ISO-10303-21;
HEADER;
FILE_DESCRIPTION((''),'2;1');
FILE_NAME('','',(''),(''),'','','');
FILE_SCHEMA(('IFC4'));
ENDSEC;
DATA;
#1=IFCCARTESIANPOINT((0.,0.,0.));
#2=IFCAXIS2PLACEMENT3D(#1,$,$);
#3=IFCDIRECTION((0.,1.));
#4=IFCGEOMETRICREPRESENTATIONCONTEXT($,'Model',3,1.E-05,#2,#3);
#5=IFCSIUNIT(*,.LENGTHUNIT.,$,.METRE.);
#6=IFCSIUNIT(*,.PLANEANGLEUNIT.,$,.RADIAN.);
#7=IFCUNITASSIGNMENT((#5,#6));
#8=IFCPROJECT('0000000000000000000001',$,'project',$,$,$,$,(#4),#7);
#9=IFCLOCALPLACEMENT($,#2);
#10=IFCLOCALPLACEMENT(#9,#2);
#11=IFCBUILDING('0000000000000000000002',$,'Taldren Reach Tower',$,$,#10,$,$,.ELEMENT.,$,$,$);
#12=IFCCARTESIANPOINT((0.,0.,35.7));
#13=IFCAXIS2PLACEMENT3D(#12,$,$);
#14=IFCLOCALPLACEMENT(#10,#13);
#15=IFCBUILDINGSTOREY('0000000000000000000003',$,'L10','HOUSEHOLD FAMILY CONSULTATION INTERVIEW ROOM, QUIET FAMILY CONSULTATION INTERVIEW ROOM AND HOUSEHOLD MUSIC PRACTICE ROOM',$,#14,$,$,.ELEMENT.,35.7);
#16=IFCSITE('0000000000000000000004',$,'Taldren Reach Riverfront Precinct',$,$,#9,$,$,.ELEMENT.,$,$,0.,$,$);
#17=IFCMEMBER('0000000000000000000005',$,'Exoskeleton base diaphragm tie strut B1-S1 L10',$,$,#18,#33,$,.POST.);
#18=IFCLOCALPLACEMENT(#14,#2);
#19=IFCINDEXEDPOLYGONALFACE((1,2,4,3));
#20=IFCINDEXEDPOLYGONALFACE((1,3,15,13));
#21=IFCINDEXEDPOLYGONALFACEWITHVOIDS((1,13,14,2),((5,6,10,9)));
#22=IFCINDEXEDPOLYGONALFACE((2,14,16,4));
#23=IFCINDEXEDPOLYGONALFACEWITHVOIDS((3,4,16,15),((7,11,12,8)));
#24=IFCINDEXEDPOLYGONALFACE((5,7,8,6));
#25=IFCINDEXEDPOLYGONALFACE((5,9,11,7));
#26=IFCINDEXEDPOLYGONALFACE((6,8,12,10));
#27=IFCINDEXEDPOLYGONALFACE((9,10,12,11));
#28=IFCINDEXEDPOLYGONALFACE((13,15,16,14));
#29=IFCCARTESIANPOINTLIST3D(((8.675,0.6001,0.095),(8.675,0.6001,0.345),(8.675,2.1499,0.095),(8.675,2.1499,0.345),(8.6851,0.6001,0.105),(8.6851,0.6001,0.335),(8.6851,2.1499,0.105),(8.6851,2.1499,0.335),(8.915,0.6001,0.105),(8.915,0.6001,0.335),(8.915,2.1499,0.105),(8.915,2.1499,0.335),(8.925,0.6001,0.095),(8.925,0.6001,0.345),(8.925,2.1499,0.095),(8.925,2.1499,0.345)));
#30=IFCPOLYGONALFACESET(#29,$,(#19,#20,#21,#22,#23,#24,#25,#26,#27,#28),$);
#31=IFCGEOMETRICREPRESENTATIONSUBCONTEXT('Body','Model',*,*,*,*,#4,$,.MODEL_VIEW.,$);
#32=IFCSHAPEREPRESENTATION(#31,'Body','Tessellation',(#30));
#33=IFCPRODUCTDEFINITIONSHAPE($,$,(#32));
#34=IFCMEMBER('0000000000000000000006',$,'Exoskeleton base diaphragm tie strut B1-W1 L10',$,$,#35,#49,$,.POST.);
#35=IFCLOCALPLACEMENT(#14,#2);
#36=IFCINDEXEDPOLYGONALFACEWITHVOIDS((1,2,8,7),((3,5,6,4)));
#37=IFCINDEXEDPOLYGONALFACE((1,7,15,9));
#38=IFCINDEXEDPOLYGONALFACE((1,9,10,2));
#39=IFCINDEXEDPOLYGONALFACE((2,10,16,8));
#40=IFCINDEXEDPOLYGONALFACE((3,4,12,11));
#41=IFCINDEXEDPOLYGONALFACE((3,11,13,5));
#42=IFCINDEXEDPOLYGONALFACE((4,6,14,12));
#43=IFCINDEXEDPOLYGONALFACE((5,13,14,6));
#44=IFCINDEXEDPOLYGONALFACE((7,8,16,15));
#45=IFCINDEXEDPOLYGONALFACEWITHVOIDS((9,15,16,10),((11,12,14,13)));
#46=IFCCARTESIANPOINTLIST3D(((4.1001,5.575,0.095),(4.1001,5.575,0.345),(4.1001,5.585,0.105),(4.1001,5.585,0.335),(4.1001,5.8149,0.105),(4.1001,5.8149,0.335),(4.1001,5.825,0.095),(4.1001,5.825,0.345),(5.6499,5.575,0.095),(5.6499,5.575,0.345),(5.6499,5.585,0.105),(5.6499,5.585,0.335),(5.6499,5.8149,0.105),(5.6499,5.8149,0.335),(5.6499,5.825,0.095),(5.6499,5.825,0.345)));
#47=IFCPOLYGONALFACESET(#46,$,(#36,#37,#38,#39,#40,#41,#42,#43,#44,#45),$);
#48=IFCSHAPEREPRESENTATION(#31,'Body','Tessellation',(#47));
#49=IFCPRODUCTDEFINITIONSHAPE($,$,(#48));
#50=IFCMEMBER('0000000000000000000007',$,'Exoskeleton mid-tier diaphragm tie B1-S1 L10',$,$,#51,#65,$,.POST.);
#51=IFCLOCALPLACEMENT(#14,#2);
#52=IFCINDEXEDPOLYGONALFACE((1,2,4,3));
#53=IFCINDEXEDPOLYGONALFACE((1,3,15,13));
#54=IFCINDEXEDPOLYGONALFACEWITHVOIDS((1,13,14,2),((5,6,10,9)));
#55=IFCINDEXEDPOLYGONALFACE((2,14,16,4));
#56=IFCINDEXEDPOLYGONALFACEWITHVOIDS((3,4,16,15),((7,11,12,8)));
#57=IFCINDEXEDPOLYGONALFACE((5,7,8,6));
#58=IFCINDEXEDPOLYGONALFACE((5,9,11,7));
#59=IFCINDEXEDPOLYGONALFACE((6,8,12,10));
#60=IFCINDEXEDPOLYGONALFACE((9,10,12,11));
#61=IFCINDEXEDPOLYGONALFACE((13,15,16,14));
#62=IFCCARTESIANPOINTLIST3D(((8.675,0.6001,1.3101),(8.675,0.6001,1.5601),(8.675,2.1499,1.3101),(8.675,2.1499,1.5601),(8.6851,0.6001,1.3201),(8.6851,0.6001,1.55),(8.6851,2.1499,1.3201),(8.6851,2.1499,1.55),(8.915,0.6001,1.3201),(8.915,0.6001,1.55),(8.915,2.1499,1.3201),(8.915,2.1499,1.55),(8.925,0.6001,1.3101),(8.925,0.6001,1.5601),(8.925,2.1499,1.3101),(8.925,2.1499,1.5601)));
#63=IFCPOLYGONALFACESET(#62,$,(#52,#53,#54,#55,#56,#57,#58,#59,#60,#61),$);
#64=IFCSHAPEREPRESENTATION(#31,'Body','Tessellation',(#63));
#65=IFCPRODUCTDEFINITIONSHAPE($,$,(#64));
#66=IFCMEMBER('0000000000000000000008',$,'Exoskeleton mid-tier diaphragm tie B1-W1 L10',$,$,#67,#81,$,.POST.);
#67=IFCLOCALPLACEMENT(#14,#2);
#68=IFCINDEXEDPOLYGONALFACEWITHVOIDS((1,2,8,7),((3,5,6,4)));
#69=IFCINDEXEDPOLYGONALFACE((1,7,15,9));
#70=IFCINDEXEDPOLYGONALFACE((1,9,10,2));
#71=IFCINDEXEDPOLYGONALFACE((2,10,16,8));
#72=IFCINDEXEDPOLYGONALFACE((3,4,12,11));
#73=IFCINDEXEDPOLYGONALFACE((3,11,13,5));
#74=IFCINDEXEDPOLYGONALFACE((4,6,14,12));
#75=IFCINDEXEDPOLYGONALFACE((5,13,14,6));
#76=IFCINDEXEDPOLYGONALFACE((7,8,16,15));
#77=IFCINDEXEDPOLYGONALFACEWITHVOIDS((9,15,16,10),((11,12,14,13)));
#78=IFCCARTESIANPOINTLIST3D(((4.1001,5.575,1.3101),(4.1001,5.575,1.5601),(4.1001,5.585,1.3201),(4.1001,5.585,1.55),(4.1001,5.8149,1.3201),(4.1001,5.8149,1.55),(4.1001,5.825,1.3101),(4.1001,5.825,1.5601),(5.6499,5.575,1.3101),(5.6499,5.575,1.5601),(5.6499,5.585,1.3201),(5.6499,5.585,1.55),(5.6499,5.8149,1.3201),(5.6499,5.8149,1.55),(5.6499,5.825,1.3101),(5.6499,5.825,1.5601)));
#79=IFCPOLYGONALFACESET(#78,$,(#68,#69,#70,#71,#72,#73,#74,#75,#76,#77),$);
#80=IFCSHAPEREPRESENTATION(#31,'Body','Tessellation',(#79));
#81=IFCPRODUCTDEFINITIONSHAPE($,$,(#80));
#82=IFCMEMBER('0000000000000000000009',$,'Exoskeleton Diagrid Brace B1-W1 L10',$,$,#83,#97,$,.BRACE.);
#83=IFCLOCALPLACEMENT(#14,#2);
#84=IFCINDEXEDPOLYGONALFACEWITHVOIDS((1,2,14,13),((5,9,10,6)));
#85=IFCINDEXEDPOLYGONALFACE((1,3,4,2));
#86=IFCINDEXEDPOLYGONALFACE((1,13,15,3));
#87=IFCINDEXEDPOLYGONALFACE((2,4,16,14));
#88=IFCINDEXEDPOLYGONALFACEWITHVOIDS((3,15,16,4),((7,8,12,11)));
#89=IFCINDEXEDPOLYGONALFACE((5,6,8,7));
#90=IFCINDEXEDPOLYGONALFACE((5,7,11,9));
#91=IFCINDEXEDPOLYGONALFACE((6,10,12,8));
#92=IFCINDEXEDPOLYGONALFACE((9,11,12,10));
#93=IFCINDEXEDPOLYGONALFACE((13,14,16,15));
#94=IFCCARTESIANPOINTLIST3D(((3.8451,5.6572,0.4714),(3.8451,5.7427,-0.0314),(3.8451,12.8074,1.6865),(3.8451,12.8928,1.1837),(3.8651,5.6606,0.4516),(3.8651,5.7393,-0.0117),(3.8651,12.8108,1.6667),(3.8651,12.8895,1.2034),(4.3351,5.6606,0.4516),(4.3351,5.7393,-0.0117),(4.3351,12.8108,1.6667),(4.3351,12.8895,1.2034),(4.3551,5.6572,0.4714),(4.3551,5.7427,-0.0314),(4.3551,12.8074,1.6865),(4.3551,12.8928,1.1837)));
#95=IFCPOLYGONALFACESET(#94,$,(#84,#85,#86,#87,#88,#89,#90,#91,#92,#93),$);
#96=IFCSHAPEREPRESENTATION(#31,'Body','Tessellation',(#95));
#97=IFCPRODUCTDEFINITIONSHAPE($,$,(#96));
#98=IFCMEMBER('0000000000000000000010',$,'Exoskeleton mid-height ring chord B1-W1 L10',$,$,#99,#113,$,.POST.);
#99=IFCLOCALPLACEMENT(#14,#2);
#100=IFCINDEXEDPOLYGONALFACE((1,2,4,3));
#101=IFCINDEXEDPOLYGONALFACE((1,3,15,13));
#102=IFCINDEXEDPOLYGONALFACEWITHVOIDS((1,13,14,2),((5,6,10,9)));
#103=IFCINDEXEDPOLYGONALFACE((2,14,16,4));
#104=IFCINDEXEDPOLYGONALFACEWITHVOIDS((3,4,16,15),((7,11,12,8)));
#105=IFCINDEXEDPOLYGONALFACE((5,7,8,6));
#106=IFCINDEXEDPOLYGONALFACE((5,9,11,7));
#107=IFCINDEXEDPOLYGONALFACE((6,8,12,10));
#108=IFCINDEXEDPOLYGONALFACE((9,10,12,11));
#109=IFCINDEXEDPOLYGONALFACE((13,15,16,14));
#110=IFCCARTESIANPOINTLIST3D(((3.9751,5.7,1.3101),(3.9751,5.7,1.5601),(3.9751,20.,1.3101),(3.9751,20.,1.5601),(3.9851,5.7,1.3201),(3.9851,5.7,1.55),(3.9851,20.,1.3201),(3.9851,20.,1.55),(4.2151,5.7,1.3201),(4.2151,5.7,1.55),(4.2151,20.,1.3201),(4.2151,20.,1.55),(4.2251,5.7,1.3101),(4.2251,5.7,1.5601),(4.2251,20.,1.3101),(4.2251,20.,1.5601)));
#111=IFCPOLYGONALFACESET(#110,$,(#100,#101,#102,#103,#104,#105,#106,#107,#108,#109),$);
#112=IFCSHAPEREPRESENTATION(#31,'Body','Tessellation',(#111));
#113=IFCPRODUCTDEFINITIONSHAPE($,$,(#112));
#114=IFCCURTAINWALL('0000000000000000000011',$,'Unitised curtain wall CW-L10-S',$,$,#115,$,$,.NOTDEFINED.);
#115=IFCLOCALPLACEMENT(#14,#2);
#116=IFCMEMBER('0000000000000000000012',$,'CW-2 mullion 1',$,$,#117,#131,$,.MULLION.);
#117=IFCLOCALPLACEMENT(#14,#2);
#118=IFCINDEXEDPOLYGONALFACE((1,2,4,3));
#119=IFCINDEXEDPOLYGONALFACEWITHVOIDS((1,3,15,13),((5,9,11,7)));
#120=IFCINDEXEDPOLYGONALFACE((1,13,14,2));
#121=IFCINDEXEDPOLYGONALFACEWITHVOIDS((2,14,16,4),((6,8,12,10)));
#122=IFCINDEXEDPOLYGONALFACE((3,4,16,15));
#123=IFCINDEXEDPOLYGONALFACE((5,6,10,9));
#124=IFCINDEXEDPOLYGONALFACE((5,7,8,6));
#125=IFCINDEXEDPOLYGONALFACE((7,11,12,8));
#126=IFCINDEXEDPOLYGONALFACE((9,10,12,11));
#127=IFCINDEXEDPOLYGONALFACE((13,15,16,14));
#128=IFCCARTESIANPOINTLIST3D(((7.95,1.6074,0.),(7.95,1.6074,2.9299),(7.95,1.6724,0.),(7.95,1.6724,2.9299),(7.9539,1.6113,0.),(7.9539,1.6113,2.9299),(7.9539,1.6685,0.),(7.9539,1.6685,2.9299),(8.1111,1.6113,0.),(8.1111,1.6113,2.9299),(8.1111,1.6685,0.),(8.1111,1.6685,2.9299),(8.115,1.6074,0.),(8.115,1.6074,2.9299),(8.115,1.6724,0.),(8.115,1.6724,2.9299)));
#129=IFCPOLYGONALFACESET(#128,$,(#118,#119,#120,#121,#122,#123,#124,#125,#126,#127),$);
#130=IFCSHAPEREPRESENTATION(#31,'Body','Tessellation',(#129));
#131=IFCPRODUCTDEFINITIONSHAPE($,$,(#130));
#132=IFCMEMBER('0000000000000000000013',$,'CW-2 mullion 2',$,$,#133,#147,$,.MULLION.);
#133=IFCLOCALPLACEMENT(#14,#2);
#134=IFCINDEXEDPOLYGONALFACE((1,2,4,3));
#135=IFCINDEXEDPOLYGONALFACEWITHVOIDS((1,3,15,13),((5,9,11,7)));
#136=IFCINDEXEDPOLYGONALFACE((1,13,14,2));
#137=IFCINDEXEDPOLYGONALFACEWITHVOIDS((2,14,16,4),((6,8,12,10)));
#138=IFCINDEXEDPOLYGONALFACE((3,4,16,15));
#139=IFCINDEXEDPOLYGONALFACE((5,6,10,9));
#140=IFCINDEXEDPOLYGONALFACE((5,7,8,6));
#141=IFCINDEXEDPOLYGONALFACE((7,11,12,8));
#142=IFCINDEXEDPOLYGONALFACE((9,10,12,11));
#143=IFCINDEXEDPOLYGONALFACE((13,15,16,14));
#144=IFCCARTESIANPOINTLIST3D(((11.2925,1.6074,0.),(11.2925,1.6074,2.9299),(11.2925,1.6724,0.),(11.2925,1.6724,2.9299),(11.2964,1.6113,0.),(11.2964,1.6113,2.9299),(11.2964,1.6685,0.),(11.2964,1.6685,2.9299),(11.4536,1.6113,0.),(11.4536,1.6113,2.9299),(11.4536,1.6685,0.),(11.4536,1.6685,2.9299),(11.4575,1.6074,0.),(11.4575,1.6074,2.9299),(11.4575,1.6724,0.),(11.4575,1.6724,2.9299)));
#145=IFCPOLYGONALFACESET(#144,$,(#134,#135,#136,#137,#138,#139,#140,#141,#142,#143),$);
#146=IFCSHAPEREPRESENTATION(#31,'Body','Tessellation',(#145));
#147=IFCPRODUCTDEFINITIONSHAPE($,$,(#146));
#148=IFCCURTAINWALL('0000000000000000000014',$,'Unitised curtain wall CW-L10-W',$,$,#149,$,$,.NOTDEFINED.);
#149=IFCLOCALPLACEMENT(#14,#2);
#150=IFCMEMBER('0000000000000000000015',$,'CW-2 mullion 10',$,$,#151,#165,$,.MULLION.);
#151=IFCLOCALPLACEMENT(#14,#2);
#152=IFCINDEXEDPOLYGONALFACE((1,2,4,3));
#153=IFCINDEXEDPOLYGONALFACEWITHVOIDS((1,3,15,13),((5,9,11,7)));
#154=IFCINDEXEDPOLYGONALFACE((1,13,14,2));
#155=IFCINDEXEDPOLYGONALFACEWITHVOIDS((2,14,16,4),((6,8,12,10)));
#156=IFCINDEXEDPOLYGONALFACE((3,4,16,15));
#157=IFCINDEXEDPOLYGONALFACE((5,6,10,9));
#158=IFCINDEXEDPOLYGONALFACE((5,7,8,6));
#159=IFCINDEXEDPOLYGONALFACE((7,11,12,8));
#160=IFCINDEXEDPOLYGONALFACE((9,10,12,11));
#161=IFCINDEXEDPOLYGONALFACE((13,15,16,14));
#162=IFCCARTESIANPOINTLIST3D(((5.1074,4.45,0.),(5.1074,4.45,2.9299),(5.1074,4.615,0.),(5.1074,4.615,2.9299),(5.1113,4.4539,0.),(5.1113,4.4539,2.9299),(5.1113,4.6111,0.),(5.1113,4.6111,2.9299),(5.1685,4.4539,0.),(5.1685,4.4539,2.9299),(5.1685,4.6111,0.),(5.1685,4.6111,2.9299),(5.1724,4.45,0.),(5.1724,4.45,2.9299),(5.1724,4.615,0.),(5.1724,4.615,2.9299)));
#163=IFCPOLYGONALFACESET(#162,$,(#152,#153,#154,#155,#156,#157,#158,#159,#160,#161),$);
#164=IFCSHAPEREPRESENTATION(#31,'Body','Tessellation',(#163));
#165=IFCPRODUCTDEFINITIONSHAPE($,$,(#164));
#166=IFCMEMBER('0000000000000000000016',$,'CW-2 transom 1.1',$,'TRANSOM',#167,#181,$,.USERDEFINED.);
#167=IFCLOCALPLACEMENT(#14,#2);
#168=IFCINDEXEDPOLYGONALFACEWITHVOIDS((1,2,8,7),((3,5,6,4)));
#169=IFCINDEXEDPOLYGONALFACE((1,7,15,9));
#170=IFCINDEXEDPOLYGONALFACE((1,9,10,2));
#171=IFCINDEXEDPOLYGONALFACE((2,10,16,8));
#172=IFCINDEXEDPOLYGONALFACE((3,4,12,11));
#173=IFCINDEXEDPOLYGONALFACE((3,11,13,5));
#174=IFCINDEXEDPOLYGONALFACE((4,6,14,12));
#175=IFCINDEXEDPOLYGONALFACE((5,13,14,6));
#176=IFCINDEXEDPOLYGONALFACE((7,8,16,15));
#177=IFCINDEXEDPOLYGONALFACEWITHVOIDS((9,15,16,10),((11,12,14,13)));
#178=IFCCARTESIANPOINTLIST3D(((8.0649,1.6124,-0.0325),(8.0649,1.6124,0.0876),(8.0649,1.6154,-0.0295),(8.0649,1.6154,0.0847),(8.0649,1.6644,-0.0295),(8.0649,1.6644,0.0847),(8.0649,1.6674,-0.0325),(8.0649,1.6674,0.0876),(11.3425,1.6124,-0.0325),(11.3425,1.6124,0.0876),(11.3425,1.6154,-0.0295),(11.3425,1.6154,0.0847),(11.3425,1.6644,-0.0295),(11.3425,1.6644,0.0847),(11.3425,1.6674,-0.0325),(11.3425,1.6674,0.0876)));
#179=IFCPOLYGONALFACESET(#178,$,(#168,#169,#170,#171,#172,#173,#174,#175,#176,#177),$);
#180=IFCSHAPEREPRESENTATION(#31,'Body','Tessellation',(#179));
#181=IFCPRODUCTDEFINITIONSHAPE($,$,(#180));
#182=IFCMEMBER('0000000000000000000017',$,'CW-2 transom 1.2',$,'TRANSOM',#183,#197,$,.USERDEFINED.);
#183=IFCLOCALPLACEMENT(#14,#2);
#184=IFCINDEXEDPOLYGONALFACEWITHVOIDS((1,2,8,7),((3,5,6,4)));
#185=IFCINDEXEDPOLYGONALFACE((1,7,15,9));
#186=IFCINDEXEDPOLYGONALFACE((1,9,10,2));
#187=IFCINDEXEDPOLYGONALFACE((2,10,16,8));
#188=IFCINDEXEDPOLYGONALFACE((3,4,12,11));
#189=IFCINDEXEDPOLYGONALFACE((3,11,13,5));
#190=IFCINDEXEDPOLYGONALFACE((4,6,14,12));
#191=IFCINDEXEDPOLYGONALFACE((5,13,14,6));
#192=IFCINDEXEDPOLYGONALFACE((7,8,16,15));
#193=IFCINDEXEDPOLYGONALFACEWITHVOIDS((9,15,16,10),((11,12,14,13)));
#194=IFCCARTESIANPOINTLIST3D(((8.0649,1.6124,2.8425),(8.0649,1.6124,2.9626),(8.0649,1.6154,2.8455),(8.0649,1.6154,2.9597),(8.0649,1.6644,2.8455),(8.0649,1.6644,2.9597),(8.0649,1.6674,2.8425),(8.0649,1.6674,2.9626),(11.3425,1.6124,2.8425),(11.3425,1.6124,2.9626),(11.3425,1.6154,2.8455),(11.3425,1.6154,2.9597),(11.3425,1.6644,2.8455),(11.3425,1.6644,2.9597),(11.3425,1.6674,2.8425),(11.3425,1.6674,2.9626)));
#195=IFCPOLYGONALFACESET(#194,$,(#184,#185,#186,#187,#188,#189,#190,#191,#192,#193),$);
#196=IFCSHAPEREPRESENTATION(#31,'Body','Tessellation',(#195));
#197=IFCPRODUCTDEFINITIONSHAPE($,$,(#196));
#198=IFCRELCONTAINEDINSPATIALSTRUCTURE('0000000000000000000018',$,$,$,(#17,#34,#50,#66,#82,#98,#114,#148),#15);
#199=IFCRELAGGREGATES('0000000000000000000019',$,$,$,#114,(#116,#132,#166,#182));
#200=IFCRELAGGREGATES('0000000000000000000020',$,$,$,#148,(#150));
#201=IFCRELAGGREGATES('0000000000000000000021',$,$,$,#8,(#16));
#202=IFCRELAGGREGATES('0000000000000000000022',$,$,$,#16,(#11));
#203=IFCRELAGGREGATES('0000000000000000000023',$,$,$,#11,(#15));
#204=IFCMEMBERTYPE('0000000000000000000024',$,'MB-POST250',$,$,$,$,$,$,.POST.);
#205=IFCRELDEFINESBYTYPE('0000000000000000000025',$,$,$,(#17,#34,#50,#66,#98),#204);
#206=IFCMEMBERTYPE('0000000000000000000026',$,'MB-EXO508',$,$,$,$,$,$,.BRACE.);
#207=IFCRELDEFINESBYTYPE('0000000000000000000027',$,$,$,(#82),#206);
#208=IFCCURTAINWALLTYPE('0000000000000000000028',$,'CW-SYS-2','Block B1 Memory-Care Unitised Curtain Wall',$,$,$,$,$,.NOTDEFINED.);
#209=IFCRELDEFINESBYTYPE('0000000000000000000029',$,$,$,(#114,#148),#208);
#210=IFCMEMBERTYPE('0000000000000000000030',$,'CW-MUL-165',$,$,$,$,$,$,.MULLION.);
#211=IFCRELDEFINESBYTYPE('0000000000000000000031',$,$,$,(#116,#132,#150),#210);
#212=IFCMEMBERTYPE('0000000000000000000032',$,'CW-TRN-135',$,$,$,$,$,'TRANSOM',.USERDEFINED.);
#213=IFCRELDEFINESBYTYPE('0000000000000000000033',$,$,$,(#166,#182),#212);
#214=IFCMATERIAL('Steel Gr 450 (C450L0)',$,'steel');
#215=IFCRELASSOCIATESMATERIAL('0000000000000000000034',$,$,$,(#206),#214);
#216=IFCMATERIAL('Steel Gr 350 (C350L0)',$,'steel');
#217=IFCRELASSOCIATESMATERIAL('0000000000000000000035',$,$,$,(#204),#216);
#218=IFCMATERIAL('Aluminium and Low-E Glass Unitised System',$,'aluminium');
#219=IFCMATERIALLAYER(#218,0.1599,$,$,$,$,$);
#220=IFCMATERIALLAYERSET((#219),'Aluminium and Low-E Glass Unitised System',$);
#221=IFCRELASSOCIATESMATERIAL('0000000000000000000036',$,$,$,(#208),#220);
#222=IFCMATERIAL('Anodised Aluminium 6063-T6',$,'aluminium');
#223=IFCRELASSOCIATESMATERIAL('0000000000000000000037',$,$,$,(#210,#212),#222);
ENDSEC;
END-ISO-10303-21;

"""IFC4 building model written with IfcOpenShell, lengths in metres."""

from ifc_helpers import new_model, si_unit, direction, frame, origin, origin_2d, place, context, subcontext, project, spatial, hollow_rectangle, extrude, source, transform, mapped, material, layer, layer_set, material_profile, profile_set, type_object, element, aggregate, save


model = new_model("IFC4")

# Units and contexts
model_context = context("Model", 3, precision=1e-05, world=origin(), true_north=direction((0.0, 1.0)))
body_context = subcontext(model_context, "Body", "Model", "MODEL_VIEW")
ifc_project = project(units=[si_unit("LENGTHUNIT", "METRE"), si_unit("PLANEANGLEUNIT", "RADIAN")], contexts=[model_context])

# Site, building, storey
site_placement = place(None, origin())
site = spatial("IfcSite", under=ifc_project, at=site_placement, Name="Taldren Reach Riverfront Precinct", CompositionType="ELEMENT", RefElevation=0.0)
building_placement = place(site_placement, origin())
building = spatial("IfcBuilding", under=site, at=building_placement, Name="Taldren Reach Tower", CompositionType="ELEMENT")
storey_placement = place(building_placement, frame((0.0, 0.0, 35.7)))
storey = spatial("IfcBuildingStorey", under=building, at=storey_placement, Name="L10", Description="HOUSEHOLD FAMILY CONSULTATION INTERVIEW ROOM, QUIET FAMILY CONSULTATION INTERVIEW ROOM AND HOUSEHOLD MUSIC PRACTICE ROOM", CompositionType="ELEMENT", Elevation=35.7)

# Members
ifc_material_1 = material(Name="Steel Gr 450 (C450L0)", Category="steel")
ifc_material_profile_1 = material_profile(ifc_material_1, hollow_rectangle(XDim=0.51, YDim=0.51, WallThickness=0.02, at=origin_2d()), Name="510x510x20.0SHS")
ifc_profile_set_1 = profile_set([ifc_material_profile_1], Name="Steel Gr 450 (C450L0)")
member_type_1 = type_object("IfcMemberType", Name="MB-EXO508", PredefinedType="BRACE", material=ifc_profile_set_1)
ifc_material_2 = material(Name="Steel Gr 350 (C350L0)", Category="steel")
ifc_material_profile_2 = material_profile(ifc_material_2, hollow_rectangle(XDim=0.25, YDim=0.25, WallThickness=0.01, at=origin_2d()), Name="250x250x10.0SHS")
ifc_profile_set_2 = profile_set([ifc_material_profile_2], Name="Steel Gr 350 (C350L0)")
member_type_2 = type_object("IfcMemberType", Name="MB-POST250", PredefinedType="POST", material=ifc_profile_set_2)
shared_shape_1 = source(origin(), body_context, "Body", "SweptSolid", [
    extrude(hollow_rectangle(XDim=0.25, YDim=0.25, WallThickness=0.01, at=origin_2d()), origin(), (0.0, 0.0, 1.0), 1.5498),
])
for number, where, z_axis, x_axis, name in (
    (1, (8.8, 2.1499, 0.22), (0.0, -1.0, 0.0), (1.0, 0.0, 0.0), "Exoskeleton base diaphragm tie strut B1-S1 L10"),
    (2, (5.6499, 5.7, 0.22), (-1.0, 0.0, 0.0), (0.0, -1.0, 0.0), "Exoskeleton base diaphragm tie strut B1-W1 L10"),
    (3, (8.8, 2.1499, 1.4351), (0.0, -1.0, 0.0), (1.0, 0.0, 0.0), "Exoskeleton mid-tier diaphragm tie B1-S1 L10"),
    (4, (5.6499, 5.7, 1.4351), (-1.0, 0.0, 0.0), (0.0, -1.0, 0.0), "Exoskeleton mid-tier diaphragm tie B1-W1 L10"),
):
    element("IfcMember", number, at=place(storey_placement, frame(where, z_axis=z_axis, x_axis=x_axis)), inside=storey, type_object=member_type_2, Name=name, PredefinedType="POST", context=body_context, shape_type="MappedRepresentation", body=[
        mapped(shared_shape_1, transform((0.0, 0.0, 0.0), scale=1.0)),
    ])
shared_shape_2 = source(origin(), body_context, "Body", "SweptSolid", [
    extrude(hollow_rectangle(XDim=0.51, YDim=0.51, WallThickness=0.02, at=origin_2d()), origin(), (0.0, 0.0, 1.0), 7.2527),
])
member_1_placement = place(storey_placement, frame((4.1001, 5.7, 0.22), z_axis=(0.0, 0.985866, 0.167537), x_axis=(-1.0, 0.0, 0.0)))
element("IfcMember", 5, at=member_1_placement, inside=storey, type_object=member_type_1, Name="Exoskeleton Diagrid Brace B1-W1 L10", PredefinedType="BRACE", context=body_context, shape_type="MappedRepresentation", body=[
    mapped(shared_shape_2, transform((0.0, 0.0, 0.0), scale=1.0)),
])
shared_shape_3 = source(origin(), body_context, "Body", "SweptSolid", [
    extrude(hollow_rectangle(XDim=0.25, YDim=0.25, WallThickness=0.01, at=origin_2d()), origin(), (0.0, 0.0, 1.0), 14.3),
])
member_2_placement = place(storey_placement, frame((4.1001, 5.7, 1.4351), z_axis=(0.0, 1.0, 0.0), x_axis=(-1.0, 0.0, 0.0)))
element("IfcMember", 6, at=member_2_placement, inside=storey, type_object=member_type_2, Name="Exoskeleton mid-height ring chord B1-W1 L10", PredefinedType="POST", context=body_context, shape_type="MappedRepresentation", body=[
    mapped(shared_shape_3, transform((0.0, 0.0, 0.0), scale=1.0)),
])

# Curtain wall, members
ifc_material_3 = material(Name="Aluminium and Low-E Glass Unitised System", Category="aluminium")
ifc_layer_1 = layer(ifc_material_3, 0.1599)
ifc_layer_set_1 = layer_set([ifc_layer_1], Name="Aluminium and Low-E Glass Unitised System")
curtain_wall_type = type_object("IfcCurtainWallType", Name="CW-SYS-2", Description="Block B1 Memory-Care Unitised Curtain Wall", PredefinedType="NOTDEFINED", material=ifc_layer_set_1)
curtain_wall_1_placement = place(storey_placement, origin())
curtain_wall_1 = element("IfcCurtainWall", 7, at=curtain_wall_1_placement, inside=storey, type_object=curtain_wall_type, Name="Unitised curtain wall CW-L10-S", PredefinedType="NOTDEFINED")
ifc_material_4 = material(Name="Anodised Aluminium 6063-T6", Category="aluminium")
ifc_material_profile_3 = material_profile(ifc_material_4, hollow_rectangle(XDim=0.0649, YDim=0.165, WallThickness=0.0039, at=origin_2d()), Name="ALU-165x65x4RHS")
ifc_profile_set_3 = profile_set([ifc_material_profile_3], Name="Anodised Aluminium 6063-T6")
member_type_3 = type_object("IfcMemberType", Name="CW-MUL-165", PredefinedType="MULLION", material=ifc_profile_set_3)
shared_shape_4 = source(origin(), body_context, "Body", "SweptSolid", [
    extrude(hollow_rectangle(XDim=0.0649, YDim=0.165, WallThickness=0.0039, at=origin_2d()), origin(), (0.0, 0.0, 1.0), 2.9299),
])
member_3_placement = place(storey_placement, frame((8.0325, 1.6399, 0.0), z_axis=(0.0, 0.0, 1.0), x_axis=(0.0, 1.0, 0.0)))
member_3 = element("IfcMember", 8, at=member_3_placement, type_object=member_type_3, Name="CW-2 mullion 1", PredefinedType="MULLION", context=body_context, shape_type="MappedRepresentation", body=[
    mapped(shared_shape_4, transform((0.0, 0.0, 0.0), scale=1.0)),
])
member_4_placement = place(storey_placement, frame((11.375, 1.6399, 0.0), z_axis=(0.0, 0.0, 1.0), x_axis=(0.0, 1.0, 0.0)))
member_4 = element("IfcMember", 9, at=member_4_placement, type_object=member_type_3, Name="CW-2 mullion 2", PredefinedType="MULLION", context=body_context, shape_type="MappedRepresentation", body=[
    mapped(shared_shape_4, transform((0.0, 0.0, 0.0), scale=1.0)),
])

# Curtain wall, member
curtain_wall_2_placement = place(storey_placement, origin())
curtain_wall_2 = element("IfcCurtainWall", 10, at=curtain_wall_2_placement, inside=storey, type_object=curtain_wall_type, Name="Unitised curtain wall CW-L10-W", PredefinedType="NOTDEFINED")
member_5_placement = place(storey_placement, frame((5.1399, 4.5325, 0.0), z_axis=(0.0, 0.0, 1.0), x_axis=(1.0, 0.0, 0.0)))
member_5 = element("IfcMember", 11, at=member_5_placement, type_object=member_type_3, Name="CW-2 mullion 10", PredefinedType="MULLION", context=body_context, shape_type="MappedRepresentation", body=[
    mapped(shared_shape_4, transform((0.0, 0.0, 0.0), scale=1.0)),
])

# Members
ifc_material_profile_4 = material_profile(ifc_material_4, hollow_rectangle(XDim=0.0549, YDim=0.1201, WallThickness=0.0029, at=origin_2d()), Name="ALU-120x55x3RHS")
ifc_profile_set_4 = profile_set([ifc_material_profile_4], Name="Anodised Aluminium 6063-T6")
member_type_4 = type_object("IfcMemberType", Name="CW-TRN-135", ElementType="TRANSOM", PredefinedType="USERDEFINED", material=ifc_profile_set_4)
shared_shape_5 = source(origin(), body_context, "Body", "SweptSolid", [
    extrude(hollow_rectangle(XDim=0.0549, YDim=0.1201, WallThickness=0.0029, at=origin_2d()), origin(), (0.0, 0.0, 1.0), 3.2776),
])
member_6_placement = place(storey_placement, frame((8.0649, 1.6399, 0.0276), z_axis=(1.0, 0.0, 0.0), x_axis=(0.0, 1.0, 0.0)))
member_6 = element("IfcMember", 12, at=member_6_placement, type_object=member_type_4, Name="CW-2 transom 1.1", ObjectType="TRANSOM", PredefinedType="USERDEFINED", context=body_context, shape_type="MappedRepresentation", body=[
    mapped(shared_shape_5, transform((0.0, 0.0, 0.0), scale=1.0)),
])
member_7_placement = place(storey_placement, frame((8.0649, 1.6399, 2.9026), z_axis=(1.0, 0.0, 0.0), x_axis=(0.0, 1.0, 0.0)))
member_7 = element("IfcMember", 13, at=member_7_placement, type_object=member_type_4, Name="CW-2 transom 1.2", ObjectType="TRANSOM", PredefinedType="USERDEFINED", context=body_context, shape_type="MappedRepresentation", body=[
    mapped(shared_shape_5, transform((0.0, 0.0, 0.0), scale=1.0)),
])

aggregate(curtain_wall_1, [member_3, member_4, member_6, member_7])
aggregate(curtain_wall_2, [member_5])

save(model, "model.ifc")
